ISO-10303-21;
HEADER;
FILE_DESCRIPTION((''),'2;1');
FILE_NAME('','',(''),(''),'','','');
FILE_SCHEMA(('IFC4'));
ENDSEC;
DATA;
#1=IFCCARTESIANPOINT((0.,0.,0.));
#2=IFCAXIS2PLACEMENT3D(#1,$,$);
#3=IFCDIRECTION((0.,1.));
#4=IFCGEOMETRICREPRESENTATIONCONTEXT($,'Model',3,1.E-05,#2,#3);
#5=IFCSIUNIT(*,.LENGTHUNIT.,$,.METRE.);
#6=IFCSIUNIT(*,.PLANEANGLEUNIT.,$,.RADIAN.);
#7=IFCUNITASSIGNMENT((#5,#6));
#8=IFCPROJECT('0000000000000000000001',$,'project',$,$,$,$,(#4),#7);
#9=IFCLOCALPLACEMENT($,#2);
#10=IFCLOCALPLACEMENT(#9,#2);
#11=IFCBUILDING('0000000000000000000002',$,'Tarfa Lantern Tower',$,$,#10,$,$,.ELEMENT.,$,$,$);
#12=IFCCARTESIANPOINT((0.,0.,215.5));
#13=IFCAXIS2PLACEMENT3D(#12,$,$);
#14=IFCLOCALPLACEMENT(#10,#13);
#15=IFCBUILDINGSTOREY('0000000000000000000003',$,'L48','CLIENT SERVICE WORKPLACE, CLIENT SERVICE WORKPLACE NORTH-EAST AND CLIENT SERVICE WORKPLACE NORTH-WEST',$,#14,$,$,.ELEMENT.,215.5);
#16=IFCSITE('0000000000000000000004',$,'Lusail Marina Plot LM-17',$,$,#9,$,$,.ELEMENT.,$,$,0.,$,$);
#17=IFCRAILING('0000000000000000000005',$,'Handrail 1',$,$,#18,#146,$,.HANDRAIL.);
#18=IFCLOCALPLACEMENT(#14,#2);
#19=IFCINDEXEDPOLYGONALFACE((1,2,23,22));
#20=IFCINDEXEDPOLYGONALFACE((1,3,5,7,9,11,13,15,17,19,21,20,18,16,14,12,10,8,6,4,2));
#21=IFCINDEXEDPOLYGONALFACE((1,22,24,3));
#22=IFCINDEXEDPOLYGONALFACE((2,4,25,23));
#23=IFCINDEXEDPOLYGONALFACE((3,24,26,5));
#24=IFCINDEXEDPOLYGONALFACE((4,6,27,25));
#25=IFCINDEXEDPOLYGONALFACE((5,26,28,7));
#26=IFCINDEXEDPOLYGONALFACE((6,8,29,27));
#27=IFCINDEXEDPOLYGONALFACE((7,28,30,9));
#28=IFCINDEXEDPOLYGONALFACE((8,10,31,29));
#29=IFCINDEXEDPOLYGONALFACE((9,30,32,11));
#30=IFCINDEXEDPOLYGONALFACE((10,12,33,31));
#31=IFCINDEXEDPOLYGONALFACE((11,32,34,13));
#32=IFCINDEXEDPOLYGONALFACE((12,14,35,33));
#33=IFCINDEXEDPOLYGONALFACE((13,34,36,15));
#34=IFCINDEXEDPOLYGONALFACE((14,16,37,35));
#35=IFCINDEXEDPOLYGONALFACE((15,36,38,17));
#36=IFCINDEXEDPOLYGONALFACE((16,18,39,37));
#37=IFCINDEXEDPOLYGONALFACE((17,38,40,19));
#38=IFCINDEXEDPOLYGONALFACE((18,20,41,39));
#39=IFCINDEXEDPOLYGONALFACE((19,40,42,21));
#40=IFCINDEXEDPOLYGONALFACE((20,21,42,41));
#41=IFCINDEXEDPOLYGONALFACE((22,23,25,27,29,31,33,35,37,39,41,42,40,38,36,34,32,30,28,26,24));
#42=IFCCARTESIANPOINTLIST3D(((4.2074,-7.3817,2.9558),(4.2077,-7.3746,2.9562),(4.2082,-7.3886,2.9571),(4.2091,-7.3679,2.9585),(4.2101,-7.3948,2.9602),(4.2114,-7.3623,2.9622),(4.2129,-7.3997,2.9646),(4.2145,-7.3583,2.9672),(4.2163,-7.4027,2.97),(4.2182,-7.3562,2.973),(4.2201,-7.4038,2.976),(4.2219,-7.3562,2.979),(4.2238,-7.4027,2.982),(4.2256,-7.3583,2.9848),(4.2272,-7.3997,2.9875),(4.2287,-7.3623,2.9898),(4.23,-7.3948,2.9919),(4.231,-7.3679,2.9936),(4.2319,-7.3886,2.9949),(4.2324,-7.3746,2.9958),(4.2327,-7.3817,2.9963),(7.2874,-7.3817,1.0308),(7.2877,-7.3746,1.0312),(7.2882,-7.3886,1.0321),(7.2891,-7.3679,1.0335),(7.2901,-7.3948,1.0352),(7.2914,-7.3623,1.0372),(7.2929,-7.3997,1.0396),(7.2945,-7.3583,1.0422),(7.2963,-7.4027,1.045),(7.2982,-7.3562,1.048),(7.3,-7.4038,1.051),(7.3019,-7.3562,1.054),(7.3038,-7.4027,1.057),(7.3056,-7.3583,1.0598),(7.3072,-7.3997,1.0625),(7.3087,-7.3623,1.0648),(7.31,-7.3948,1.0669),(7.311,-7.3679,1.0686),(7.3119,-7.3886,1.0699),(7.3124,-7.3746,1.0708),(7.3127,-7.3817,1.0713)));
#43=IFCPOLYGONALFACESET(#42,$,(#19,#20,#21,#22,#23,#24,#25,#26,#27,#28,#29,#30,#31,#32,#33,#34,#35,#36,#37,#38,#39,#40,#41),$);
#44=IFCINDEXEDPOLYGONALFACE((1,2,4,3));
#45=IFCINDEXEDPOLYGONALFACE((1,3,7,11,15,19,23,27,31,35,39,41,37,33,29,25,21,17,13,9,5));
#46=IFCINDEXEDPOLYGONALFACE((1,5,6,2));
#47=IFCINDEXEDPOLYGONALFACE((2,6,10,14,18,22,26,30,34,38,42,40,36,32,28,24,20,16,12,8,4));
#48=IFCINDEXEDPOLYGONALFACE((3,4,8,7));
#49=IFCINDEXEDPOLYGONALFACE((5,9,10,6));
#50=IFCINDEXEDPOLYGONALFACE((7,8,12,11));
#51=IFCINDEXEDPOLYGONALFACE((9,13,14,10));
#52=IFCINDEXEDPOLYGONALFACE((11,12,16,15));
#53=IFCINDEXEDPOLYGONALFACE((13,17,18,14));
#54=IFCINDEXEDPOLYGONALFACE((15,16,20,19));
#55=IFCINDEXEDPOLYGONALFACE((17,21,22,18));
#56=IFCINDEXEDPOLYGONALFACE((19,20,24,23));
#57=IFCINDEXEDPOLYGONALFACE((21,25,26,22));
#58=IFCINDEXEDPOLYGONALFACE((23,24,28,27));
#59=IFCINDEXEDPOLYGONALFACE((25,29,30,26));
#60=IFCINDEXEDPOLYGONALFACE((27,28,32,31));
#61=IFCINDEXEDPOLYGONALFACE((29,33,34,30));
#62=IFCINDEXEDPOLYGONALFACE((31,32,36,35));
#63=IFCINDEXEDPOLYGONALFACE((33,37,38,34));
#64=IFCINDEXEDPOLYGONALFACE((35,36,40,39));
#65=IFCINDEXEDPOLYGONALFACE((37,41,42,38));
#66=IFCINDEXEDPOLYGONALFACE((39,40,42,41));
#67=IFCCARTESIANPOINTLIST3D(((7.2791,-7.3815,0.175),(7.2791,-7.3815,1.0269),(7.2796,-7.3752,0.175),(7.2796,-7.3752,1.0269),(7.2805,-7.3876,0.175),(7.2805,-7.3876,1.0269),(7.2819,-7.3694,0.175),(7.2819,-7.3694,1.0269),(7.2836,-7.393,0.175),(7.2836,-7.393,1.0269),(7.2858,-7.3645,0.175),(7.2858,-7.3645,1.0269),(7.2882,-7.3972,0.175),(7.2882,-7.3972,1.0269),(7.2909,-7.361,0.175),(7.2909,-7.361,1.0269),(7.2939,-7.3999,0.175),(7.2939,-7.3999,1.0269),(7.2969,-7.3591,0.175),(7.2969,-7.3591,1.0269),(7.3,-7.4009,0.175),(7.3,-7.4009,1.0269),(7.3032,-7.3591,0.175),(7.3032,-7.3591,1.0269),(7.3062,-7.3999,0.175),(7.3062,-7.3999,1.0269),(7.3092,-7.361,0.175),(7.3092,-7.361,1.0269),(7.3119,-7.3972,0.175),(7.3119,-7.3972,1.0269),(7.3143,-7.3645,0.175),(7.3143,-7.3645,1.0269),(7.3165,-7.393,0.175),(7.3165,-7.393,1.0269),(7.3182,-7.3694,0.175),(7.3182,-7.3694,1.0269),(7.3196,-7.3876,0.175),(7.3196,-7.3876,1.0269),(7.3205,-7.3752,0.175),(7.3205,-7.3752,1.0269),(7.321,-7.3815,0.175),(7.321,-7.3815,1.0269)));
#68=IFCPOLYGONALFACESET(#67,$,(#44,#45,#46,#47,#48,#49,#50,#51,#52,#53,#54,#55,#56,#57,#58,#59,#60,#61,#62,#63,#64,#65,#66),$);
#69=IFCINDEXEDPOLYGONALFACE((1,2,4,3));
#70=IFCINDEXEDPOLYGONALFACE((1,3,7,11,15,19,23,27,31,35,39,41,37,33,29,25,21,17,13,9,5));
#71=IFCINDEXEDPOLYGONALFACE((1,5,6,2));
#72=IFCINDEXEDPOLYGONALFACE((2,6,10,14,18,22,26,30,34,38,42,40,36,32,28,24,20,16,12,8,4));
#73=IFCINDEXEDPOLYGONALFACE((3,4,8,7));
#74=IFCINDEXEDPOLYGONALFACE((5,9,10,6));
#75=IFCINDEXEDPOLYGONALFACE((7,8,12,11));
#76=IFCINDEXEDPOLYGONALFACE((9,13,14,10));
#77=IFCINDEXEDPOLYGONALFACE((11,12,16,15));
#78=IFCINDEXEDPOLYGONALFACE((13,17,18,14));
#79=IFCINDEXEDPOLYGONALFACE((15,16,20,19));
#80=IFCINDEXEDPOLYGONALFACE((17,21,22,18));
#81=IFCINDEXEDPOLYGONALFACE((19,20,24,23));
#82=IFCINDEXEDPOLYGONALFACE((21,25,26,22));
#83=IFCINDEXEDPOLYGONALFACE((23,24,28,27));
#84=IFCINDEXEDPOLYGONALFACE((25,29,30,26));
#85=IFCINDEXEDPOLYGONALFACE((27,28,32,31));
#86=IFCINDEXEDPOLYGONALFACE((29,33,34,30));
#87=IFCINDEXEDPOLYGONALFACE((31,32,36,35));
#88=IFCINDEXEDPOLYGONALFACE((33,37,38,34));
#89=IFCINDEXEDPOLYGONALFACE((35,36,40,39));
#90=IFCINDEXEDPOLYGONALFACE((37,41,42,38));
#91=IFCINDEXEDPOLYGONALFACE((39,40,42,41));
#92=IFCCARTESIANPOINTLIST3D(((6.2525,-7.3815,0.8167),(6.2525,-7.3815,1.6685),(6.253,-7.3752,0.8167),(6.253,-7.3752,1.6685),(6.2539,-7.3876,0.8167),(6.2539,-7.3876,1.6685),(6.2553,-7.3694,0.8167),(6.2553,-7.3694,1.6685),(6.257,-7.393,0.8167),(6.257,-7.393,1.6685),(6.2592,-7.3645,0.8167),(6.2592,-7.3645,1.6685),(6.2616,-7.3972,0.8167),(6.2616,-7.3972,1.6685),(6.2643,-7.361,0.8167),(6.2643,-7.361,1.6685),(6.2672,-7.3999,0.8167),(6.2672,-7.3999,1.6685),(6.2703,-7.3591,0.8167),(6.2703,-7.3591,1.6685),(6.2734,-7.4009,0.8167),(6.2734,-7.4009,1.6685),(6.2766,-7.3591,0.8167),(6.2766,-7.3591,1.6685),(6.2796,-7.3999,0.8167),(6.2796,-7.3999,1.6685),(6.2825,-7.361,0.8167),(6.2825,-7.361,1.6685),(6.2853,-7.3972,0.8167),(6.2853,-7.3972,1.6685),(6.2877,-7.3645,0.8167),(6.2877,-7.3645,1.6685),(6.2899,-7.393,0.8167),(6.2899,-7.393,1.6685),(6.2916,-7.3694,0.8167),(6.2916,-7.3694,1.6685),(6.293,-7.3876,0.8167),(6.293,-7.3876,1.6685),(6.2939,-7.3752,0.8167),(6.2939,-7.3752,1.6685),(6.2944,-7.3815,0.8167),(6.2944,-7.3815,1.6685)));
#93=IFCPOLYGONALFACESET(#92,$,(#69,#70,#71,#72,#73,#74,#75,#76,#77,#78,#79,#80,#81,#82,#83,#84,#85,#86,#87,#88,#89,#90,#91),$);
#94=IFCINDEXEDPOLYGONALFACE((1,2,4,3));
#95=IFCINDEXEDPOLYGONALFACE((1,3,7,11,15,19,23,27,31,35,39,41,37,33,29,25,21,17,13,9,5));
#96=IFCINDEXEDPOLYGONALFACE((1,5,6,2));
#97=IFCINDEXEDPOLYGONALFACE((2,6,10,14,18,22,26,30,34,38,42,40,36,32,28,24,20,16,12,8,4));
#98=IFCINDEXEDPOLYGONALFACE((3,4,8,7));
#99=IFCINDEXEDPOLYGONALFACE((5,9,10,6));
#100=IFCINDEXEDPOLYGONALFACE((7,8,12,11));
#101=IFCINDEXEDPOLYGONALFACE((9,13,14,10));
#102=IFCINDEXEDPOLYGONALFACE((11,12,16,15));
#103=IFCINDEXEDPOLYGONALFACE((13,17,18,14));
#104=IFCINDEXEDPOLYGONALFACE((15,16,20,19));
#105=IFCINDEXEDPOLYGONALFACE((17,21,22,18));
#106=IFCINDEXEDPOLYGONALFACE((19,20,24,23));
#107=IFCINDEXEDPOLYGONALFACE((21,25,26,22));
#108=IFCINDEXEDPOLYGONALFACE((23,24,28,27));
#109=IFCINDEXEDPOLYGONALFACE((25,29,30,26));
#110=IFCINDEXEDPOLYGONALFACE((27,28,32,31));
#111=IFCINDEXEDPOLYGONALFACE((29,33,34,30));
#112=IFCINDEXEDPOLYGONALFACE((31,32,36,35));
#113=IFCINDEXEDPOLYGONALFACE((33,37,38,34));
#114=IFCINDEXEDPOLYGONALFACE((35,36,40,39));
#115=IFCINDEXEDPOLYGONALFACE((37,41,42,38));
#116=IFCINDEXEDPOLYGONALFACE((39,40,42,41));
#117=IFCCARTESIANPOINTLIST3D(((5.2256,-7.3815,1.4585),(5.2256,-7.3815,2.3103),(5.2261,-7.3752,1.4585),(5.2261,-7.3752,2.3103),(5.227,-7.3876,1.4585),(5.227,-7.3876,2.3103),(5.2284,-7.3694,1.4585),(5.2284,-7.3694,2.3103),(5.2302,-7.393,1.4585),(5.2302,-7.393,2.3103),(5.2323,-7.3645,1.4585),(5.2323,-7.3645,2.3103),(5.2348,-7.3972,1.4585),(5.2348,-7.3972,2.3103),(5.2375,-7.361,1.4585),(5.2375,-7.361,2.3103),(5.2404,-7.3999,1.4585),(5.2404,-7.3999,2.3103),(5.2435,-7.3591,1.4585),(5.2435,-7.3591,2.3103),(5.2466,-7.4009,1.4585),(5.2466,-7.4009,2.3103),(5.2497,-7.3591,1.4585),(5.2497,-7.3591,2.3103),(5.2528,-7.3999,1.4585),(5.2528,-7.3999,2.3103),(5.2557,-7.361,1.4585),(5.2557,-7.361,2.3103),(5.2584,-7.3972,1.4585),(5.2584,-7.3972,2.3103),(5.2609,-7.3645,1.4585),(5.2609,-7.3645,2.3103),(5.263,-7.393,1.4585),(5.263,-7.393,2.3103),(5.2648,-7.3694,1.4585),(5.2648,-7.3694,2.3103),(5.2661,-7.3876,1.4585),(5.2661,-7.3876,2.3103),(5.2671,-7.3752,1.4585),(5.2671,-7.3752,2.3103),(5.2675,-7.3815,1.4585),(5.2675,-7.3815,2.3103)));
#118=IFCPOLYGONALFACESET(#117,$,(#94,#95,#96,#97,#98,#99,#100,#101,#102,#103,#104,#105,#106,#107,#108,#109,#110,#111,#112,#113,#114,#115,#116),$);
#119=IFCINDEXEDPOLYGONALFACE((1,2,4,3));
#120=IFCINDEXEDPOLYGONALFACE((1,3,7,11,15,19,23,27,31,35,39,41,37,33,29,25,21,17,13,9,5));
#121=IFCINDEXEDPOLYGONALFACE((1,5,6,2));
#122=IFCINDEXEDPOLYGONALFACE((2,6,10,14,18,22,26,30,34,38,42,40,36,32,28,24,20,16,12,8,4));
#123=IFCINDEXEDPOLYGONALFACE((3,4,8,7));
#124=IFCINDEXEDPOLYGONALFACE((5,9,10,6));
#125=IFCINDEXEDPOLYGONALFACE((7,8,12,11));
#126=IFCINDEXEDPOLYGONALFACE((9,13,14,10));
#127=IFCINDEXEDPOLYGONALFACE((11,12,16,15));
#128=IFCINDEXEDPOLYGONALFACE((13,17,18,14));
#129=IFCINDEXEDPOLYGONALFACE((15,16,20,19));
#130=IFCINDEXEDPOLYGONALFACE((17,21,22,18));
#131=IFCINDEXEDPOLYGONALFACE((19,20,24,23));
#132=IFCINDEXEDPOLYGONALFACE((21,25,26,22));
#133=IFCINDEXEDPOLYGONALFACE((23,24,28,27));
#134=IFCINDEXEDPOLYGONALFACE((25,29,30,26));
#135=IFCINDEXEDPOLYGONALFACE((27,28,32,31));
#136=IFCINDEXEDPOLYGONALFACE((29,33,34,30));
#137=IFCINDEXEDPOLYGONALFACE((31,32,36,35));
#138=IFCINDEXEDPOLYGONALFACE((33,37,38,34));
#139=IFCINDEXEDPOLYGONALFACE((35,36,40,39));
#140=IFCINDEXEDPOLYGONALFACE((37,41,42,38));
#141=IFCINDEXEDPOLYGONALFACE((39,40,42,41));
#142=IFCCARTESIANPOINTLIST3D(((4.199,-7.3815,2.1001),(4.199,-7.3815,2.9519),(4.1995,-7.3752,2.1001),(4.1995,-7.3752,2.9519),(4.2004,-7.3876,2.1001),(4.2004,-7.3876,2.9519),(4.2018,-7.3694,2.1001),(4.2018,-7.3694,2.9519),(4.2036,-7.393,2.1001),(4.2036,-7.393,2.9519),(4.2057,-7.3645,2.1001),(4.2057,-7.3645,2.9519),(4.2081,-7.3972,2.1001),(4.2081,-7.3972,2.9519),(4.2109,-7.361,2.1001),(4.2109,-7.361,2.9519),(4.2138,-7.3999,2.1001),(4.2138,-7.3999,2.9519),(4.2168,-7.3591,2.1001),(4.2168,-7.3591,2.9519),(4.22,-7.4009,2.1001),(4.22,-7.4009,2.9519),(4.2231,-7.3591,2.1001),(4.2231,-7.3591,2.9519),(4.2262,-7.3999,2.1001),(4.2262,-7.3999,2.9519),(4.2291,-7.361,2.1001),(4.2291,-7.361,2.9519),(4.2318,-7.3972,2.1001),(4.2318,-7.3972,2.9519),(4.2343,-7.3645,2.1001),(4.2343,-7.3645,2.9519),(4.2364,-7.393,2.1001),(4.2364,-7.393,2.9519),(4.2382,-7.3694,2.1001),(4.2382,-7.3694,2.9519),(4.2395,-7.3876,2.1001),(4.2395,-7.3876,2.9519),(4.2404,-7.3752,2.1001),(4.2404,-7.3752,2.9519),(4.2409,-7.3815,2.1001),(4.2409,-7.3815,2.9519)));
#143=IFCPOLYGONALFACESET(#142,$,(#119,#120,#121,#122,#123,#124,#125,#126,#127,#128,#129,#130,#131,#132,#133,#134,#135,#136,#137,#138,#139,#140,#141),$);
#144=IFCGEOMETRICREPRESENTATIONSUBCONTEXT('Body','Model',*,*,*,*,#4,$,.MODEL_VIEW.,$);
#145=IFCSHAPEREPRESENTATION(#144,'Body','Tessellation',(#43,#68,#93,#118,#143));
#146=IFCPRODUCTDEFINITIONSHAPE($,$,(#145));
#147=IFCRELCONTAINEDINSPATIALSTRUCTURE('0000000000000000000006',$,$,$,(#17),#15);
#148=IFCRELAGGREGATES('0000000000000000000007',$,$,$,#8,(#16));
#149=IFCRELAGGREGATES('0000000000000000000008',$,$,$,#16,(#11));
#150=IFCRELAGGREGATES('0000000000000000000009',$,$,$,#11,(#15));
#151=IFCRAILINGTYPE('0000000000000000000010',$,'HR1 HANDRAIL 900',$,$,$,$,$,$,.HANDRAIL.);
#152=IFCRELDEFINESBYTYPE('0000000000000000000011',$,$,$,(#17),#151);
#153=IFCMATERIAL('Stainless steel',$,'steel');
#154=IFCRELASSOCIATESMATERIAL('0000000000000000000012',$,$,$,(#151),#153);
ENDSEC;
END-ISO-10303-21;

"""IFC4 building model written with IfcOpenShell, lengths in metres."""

from ifc_helpers import new_model, si_unit, direction, frame, origin, origin_2d, place, context, subcontext, project, spatial, circle, extrude, material, type_object, element, save


model = new_model("IFC4")

# Units and contexts
model_context = context("Model", 3, precision=1e-05, world=origin(), true_north=direction((0.0, 1.0)))
body_context = subcontext(model_context, "Body", "Model", "MODEL_VIEW")
ifc_project = project(units=[si_unit("LENGTHUNIT", "METRE"), si_unit("PLANEANGLEUNIT", "RADIAN")], contexts=[model_context])

# Site, building, storey
site_placement = place(None, origin())
site = spatial("IfcSite", under=ifc_project, at=site_placement, Name="Lusail Marina Plot LM-17", CompositionType="ELEMENT", RefElevation=0.0)
building_placement = place(site_placement, origin())
building = spatial("IfcBuilding", under=site, at=building_placement, Name="Tarfa Lantern Tower", CompositionType="ELEMENT")
storey_placement = place(building_placement, frame((0.0, 0.0, 215.5)))
storey = spatial("IfcBuildingStorey", under=building, at=storey_placement, Name="L48", Description="CLIENT SERVICE WORKPLACE, CLIENT SERVICE WORKPLACE NORTH-EAST AND CLIENT SERVICE WORKPLACE NORTH-WEST", CompositionType="ELEMENT", Elevation=215.5)

# Railing
ifc_material_1 = material(Name="Stainless steel", Category="steel")
railing_type = type_object("IfcRailingType", Name="HR1 HANDRAIL 900", PredefinedType="HANDRAIL", material=ifc_material_1)
railing_placement = place(storey_placement, frame((7.3, -7.3799, 0.175)))
element("IfcRailing", 1, at=railing_placement, inside=storey, type_object=railing_type, Name="Handrail 1", PredefinedType="HANDRAIL", context=body_context, shape_type="SweptSolid", body=[
    extrude(circle(Radius=0.0239, at=origin_2d()), frame((0.0, 0.0, 0.876), z_axis=(-0.847998, 0.0, 0.529999), x_axis=(0.0, -1.0, 0.0)), (0.0, 0.0, 1.0), 3.6321),
    extrude(circle(Radius=0.021, at=origin_2d()), frame((0.0, 0.0, 0.0), z_axis=(0.0, 0.0, 1.0), x_axis=(0.0, -1.0, 0.0)), (0.0, 0.0, 1.0), 0.8518),
    extrude(circle(Radius=0.021, at=origin_2d()), frame((-1.0266, 0.0, 0.6416), z_axis=(0.0, 0.0, 1.0), x_axis=(0.0, -1.0, 0.0)), (0.0, 0.0, 1.0), 0.8518),
    extrude(circle(Radius=0.021, at=origin_2d()), frame((-2.0535, 0.0, 1.2834), z_axis=(0.0, 0.0, 1.0), x_axis=(0.0, -1.0, 0.0)), (0.0, 0.0, 1.0), 0.8518),
    extrude(circle(Radius=0.021, at=origin_2d()), frame((-3.0801, 0.0, 1.925), z_axis=(0.0, 0.0, 1.0), x_axis=(0.0, -1.0, 0.0)), (0.0, 0.0, 1.0), 0.8518),
])

save(model, "model.ifc")
